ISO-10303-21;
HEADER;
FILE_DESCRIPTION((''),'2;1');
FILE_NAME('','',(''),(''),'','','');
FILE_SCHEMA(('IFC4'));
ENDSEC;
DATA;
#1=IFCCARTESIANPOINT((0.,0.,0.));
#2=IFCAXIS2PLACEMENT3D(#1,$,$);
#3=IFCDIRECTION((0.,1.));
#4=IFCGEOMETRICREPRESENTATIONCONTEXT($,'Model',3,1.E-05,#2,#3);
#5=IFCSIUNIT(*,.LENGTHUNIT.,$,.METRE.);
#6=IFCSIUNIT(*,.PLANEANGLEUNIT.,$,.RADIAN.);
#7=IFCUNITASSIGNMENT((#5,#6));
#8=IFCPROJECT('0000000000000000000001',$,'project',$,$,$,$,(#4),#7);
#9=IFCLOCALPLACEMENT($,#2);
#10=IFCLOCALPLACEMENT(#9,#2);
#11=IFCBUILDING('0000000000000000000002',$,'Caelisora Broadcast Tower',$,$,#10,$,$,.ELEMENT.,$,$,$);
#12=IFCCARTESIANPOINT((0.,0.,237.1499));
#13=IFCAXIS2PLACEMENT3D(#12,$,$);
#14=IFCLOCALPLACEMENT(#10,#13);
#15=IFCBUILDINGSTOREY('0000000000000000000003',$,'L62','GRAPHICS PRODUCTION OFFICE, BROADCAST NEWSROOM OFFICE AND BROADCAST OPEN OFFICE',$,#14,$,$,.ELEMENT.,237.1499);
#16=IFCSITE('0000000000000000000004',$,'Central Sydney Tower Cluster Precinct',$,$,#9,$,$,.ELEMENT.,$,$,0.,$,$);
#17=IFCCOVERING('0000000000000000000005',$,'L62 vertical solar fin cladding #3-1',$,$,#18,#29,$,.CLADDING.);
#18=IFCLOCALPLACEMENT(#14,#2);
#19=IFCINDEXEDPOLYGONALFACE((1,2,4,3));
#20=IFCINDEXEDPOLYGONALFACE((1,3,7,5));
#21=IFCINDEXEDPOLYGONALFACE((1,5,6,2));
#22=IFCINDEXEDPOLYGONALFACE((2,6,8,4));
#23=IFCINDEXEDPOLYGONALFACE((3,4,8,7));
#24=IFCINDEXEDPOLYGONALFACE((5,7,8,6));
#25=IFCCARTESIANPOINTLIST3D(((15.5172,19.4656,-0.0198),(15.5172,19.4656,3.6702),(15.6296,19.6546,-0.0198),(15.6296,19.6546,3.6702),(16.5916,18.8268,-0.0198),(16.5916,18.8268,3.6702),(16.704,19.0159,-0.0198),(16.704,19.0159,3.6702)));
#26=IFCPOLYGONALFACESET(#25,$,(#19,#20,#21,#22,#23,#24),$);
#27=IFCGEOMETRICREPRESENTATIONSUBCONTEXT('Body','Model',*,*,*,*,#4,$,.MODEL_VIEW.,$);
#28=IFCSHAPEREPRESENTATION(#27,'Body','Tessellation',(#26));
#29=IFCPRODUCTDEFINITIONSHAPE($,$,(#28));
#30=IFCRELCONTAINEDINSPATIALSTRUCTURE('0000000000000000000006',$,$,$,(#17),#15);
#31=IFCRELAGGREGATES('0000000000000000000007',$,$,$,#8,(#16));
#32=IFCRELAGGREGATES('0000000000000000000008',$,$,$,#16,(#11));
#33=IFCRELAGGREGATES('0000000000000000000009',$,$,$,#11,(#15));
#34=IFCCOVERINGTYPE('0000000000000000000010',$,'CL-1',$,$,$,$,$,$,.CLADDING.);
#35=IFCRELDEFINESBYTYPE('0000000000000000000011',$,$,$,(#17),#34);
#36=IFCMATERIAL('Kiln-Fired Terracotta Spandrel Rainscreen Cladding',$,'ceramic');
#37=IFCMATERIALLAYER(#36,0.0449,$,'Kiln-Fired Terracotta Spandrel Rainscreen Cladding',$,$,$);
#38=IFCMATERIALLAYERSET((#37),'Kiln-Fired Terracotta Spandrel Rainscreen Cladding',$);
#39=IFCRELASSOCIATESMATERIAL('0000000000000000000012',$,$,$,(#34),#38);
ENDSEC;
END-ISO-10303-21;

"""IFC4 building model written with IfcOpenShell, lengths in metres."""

from ifc_helpers import new_model, si_unit, direction, frame, origin, origin_2d, place, context, subcontext, project, spatial, rectangle, extrude, source, transform, mapped, material, layer, layer_set, type_object, type_shapes, element, save


model = new_model("IFC4")

# Units and contexts
model_context = context("Model", 3, precision=1e-05, world=origin(), true_north=direction((0.0, 1.0)))
body_context = subcontext(model_context, "Body", "Model", "MODEL_VIEW")
ifc_project = project(units=[si_unit("LENGTHUNIT", "METRE"), si_unit("PLANEANGLEUNIT", "RADIAN")], contexts=[model_context])

# Site, building, storey
site_placement = place(None, origin())
site = spatial("IfcSite", under=ifc_project, at=site_placement, Name="Central Sydney Tower Cluster Precinct", CompositionType="ELEMENT", RefElevation=0.0)
building_placement = place(site_placement, origin())
building = spatial("IfcBuilding", under=site, at=building_placement, Name="Caelisora Broadcast Tower", CompositionType="ELEMENT")
storey_placement = place(building_placement, frame((0.0, 0.0, 237.1499)))
storey = spatial("IfcBuildingStorey", under=building, at=storey_placement, Name="L62", Description="GRAPHICS PRODUCTION OFFICE, BROADCAST NEWSROOM OFFICE AND BROADCAST OPEN OFFICE", CompositionType="ELEMENT", Elevation=237.1499)

# Covering
ifc_material_1 = material(Name="Kiln-Fired Terracotta Spandrel Rainscreen Cladding", Category="ceramic")
ifc_layer_1 = layer(ifc_material_1, 0.0449, Name="Kiln-Fired Terracotta Spandrel Rainscreen Cladding")
ifc_layer_set_1 = layer_set([ifc_layer_1], Name="Kiln-Fired Terracotta Spandrel Rainscreen Cladding")
covering_type_1 = type_object("IfcCoveringType", Name="CL-1", PredefinedType="CLADDING", material=ifc_layer_set_1)
shared_shape_1 = source(origin(), body_context, "Body", "SweptSolid", [
    extrude(rectangle(XDim=0.22, YDim=1.25, at=origin_2d()), origin(), (0.0, 0.0, 1.0), 3.6899),
])
type_shapes(covering_type_1, [shared_shape_1])
covering_1_placement = place(storey_placement, frame((16.1106, 19.2407, -0.0198), z_axis=(0.0, 0.0, 1.0), x_axis=(0.510993, 0.859585, 0.0)))
element("IfcCovering", 1, at=covering_1_placement, inside=storey, type_object=covering_type_1, Name="L62 vertical solar fin cladding #3-1", PredefinedType="CLADDING", context=body_context, shape_type="MappedRepresentation", body=[
    mapped(shared_shape_1, transform((0.0, 0.0, 0.0), scale=1.0)),
])

save(model, "model.ifc")
